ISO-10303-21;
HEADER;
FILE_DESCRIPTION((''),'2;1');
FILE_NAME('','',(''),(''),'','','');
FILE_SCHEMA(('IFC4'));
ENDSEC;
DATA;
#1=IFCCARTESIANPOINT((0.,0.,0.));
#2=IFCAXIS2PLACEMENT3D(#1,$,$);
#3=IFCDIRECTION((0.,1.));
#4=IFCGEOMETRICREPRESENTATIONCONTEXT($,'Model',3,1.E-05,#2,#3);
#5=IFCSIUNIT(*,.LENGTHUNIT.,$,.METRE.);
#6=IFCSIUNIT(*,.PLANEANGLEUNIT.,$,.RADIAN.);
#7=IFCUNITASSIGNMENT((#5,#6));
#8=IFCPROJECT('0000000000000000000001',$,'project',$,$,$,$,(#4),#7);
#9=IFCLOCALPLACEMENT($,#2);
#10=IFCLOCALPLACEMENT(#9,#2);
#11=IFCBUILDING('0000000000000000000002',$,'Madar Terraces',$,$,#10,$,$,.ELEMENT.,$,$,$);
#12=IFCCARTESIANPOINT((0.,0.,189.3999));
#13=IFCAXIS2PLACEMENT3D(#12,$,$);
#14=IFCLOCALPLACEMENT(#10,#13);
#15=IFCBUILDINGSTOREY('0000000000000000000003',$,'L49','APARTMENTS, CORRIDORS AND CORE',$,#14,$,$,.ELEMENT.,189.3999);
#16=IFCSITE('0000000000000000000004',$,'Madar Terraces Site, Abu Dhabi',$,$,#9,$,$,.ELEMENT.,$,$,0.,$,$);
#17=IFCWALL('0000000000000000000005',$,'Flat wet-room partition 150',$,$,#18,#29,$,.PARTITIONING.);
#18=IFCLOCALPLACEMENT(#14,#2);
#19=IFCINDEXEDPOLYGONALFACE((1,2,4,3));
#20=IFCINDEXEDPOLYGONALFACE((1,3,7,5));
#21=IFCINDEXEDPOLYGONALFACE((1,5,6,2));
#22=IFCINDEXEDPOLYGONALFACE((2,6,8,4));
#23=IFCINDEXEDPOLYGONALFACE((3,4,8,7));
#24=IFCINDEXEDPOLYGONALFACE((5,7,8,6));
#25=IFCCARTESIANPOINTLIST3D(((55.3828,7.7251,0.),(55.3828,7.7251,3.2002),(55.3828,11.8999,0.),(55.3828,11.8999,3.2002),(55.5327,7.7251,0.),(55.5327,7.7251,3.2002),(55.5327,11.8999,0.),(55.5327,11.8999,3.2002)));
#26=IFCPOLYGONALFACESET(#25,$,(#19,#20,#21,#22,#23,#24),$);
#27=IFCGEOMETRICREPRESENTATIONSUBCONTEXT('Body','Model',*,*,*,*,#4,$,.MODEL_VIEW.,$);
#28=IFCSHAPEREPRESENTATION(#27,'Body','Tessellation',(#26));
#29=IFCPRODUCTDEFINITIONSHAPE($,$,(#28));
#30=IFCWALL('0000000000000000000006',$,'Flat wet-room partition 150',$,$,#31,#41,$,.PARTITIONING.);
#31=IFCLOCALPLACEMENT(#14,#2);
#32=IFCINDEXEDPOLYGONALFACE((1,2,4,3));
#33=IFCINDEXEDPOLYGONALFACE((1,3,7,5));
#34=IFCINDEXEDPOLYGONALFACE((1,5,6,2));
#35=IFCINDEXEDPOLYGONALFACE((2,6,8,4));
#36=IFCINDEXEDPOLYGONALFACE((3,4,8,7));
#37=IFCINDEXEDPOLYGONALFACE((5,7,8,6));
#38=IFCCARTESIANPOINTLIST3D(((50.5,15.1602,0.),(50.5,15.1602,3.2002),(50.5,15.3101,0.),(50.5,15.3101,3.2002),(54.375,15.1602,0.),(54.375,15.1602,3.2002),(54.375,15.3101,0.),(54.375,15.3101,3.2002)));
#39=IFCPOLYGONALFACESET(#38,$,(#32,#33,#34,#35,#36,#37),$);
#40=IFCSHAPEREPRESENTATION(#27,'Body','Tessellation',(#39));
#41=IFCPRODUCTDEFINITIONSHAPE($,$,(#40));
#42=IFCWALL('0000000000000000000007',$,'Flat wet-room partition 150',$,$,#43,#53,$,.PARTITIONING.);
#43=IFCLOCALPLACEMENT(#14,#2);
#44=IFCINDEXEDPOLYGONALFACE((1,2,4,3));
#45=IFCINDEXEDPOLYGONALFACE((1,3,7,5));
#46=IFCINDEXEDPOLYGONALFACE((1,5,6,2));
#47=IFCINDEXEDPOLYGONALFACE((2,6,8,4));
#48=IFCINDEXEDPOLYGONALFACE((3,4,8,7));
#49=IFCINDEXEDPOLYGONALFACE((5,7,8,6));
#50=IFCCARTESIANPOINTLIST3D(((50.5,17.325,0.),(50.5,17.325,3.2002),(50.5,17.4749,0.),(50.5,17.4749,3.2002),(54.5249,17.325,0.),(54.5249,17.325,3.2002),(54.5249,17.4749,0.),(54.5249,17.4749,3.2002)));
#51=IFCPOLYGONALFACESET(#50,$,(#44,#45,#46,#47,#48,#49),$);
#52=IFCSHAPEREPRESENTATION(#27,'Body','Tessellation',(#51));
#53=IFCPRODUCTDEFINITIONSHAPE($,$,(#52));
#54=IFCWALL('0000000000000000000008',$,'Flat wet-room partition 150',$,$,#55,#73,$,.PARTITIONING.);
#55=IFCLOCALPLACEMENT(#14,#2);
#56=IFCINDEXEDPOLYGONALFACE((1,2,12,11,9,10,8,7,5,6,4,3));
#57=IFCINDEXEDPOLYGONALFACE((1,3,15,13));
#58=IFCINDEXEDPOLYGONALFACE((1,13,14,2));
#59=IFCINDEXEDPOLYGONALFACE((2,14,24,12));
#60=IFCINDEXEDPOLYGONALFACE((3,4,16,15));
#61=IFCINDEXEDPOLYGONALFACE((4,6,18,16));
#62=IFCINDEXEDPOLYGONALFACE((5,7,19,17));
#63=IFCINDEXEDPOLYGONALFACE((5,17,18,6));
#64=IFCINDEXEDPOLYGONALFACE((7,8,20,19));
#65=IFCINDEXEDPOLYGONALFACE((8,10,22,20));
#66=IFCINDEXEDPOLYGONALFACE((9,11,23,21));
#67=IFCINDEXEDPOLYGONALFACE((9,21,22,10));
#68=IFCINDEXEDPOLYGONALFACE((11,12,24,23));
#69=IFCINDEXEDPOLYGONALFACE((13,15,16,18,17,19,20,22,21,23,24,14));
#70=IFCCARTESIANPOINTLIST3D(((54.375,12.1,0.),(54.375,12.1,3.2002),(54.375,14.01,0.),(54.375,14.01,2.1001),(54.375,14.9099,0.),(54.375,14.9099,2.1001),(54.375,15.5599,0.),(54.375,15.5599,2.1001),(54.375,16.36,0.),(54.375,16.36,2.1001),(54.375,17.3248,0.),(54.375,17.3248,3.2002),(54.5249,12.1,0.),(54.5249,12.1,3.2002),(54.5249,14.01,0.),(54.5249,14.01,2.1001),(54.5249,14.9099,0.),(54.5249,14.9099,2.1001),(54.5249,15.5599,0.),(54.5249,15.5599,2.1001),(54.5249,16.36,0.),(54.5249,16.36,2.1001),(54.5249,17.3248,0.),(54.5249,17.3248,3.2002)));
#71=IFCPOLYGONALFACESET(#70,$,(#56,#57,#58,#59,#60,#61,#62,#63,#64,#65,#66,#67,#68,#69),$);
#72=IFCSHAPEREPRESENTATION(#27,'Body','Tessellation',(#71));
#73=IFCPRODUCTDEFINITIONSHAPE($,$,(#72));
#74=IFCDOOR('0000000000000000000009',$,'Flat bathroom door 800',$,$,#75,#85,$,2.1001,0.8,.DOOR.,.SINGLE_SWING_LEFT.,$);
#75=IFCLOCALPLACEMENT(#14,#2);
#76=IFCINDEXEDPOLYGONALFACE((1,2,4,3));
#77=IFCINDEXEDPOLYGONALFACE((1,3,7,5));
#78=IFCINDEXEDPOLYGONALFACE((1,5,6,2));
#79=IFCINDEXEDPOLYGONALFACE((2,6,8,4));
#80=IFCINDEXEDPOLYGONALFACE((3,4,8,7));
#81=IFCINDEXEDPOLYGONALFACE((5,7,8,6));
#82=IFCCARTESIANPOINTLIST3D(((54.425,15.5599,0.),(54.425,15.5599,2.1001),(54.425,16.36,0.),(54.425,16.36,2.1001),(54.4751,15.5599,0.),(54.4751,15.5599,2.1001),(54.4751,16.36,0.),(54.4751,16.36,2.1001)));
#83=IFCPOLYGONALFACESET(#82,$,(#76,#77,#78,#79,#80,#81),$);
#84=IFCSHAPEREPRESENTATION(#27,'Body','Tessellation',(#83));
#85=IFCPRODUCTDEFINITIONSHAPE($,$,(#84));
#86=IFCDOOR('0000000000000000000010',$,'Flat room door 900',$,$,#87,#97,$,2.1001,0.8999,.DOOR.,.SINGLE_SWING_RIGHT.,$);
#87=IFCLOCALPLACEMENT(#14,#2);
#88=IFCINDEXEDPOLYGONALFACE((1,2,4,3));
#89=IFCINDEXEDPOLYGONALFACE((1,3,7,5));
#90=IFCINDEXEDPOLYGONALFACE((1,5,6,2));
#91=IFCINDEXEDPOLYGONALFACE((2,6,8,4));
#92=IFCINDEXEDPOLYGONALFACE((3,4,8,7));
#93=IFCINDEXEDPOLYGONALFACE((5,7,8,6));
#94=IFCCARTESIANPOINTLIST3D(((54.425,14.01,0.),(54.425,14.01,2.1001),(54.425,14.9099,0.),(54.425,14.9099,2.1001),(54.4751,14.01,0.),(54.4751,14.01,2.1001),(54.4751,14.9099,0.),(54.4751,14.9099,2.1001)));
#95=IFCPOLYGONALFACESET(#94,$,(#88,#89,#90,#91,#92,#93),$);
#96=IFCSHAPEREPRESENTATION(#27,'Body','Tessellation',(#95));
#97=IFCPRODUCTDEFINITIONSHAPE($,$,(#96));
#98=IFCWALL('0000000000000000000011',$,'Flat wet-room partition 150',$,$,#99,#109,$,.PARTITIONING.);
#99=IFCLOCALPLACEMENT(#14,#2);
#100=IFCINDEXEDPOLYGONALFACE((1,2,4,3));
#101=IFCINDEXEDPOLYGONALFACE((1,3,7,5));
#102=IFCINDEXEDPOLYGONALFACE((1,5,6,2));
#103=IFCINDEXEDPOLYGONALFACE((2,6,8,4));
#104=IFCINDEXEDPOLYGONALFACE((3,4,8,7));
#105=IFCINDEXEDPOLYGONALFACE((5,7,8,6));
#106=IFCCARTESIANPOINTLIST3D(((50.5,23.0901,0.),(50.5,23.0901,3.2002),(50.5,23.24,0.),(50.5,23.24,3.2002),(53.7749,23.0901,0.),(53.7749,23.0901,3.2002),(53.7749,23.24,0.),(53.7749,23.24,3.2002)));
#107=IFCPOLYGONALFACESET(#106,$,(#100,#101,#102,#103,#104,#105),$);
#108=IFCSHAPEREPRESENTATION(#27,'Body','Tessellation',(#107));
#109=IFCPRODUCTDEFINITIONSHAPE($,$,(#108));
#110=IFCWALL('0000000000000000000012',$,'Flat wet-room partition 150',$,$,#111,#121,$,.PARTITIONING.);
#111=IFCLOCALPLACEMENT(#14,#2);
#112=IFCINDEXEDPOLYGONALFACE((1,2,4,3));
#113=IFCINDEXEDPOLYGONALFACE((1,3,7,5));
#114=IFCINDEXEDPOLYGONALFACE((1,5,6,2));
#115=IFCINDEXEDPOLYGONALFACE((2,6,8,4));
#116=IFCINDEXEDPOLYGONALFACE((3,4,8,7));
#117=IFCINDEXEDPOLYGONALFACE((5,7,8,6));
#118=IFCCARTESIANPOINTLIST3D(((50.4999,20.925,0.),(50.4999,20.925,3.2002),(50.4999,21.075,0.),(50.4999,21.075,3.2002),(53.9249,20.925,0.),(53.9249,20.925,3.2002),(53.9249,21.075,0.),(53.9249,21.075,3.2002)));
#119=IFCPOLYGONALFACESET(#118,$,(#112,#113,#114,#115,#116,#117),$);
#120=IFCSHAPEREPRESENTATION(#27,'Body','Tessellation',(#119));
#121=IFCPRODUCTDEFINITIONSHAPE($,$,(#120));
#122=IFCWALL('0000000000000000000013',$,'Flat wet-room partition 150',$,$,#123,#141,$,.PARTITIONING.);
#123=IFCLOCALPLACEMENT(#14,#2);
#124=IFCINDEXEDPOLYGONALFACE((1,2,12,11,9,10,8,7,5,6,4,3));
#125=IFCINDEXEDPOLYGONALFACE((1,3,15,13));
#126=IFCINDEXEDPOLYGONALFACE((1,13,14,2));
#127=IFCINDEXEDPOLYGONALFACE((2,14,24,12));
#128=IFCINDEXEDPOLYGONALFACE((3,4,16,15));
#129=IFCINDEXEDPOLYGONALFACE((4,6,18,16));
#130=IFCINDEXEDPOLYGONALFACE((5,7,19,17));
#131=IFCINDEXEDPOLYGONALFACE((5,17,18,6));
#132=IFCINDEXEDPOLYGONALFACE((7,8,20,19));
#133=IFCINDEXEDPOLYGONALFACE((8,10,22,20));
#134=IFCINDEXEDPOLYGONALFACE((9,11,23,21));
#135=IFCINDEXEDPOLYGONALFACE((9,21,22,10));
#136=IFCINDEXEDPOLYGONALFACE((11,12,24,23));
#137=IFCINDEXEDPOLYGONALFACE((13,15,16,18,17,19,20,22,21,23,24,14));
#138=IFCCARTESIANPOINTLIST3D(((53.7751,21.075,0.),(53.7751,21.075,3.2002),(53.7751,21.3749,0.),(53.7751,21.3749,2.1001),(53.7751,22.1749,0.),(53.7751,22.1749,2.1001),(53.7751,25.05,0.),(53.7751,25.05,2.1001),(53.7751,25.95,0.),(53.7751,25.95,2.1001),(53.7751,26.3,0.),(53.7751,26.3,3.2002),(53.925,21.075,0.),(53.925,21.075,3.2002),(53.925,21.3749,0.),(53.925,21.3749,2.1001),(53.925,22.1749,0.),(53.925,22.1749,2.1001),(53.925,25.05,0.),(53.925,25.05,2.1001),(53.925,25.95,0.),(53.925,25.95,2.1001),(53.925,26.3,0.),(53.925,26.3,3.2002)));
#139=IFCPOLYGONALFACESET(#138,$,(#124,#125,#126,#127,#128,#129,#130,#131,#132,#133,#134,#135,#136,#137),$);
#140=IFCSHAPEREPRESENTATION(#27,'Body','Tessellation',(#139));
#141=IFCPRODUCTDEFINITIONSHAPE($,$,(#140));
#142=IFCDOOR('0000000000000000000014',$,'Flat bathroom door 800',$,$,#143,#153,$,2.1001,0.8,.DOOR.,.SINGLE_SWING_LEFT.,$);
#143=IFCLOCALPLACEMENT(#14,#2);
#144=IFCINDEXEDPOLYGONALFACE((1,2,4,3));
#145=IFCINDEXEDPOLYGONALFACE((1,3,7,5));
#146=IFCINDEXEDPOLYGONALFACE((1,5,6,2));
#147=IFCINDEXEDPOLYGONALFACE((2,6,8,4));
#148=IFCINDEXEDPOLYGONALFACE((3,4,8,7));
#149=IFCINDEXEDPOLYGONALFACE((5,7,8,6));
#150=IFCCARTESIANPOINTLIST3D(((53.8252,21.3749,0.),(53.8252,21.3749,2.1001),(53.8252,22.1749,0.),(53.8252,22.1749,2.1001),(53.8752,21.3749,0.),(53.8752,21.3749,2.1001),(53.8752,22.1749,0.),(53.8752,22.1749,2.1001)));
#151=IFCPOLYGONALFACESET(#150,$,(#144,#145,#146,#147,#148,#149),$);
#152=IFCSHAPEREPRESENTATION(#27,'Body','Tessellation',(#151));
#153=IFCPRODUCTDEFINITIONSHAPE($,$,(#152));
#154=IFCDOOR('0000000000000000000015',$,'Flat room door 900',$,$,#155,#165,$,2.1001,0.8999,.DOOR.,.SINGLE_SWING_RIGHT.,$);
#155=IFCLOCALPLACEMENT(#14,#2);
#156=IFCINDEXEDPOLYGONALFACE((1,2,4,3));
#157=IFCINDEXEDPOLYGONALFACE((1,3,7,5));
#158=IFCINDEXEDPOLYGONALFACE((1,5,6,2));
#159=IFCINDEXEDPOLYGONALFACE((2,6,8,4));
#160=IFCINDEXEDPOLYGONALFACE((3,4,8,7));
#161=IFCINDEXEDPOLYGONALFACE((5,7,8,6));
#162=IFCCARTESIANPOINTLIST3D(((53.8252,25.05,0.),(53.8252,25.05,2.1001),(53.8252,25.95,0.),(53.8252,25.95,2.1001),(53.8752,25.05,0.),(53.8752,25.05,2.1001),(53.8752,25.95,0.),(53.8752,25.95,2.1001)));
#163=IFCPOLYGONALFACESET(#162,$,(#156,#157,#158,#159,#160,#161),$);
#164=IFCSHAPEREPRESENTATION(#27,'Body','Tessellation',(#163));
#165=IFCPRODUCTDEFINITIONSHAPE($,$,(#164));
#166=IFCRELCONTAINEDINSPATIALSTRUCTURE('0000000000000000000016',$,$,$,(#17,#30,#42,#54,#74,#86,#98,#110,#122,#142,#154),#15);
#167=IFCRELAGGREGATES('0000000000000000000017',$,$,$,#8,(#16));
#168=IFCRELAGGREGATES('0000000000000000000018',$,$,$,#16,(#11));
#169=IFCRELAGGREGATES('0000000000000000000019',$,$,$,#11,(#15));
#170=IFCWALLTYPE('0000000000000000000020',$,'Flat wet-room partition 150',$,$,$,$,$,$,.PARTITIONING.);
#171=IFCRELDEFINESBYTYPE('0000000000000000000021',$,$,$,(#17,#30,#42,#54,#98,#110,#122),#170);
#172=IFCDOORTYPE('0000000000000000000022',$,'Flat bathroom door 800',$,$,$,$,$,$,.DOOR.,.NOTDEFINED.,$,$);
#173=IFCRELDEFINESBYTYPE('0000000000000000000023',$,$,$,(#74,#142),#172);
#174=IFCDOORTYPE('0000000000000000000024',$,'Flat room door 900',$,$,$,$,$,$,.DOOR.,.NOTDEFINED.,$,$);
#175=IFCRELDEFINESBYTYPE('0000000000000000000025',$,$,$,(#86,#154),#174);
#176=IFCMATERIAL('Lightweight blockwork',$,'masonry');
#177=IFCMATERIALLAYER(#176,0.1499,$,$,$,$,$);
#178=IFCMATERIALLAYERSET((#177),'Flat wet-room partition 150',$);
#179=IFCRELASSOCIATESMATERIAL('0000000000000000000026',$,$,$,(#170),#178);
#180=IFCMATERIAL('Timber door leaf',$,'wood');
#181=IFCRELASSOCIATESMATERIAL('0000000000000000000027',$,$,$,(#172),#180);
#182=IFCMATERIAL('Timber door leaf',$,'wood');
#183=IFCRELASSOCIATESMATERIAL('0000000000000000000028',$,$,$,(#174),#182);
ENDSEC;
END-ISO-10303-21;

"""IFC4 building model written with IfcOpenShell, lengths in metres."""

from ifc_helpers import new_model, si_unit, direction, frame, frame_2d, origin, place, context, subcontext, project, spatial, rectangle, extrude, material, layer, layer_set, type_object, element, fill, save


model = new_model("IFC4")

# Units and contexts
model_context = context("Model", 3, precision=1e-05, world=origin(), true_north=direction((0.0, 1.0)))
body_context = subcontext(model_context, "Body", "Model", "MODEL_VIEW")
ifc_project = project(units=[si_unit("LENGTHUNIT", "METRE"), si_unit("PLANEANGLEUNIT", "RADIAN")], contexts=[model_context])

# Site, building, storey
site_placement = place(None, origin())
site = spatial("IfcSite", under=ifc_project, at=site_placement, Name="Madar Terraces Site, Abu Dhabi", CompositionType="ELEMENT", RefElevation=0.0)
building_placement = place(site_placement, origin())
building = spatial("IfcBuilding", under=site, at=building_placement, Name="Madar Terraces", CompositionType="ELEMENT")
storey_placement = place(building_placement, frame((0.0, 0.0, 189.3999)))
storey = spatial("IfcBuildingStorey", under=building, at=storey_placement, Name="L49", Description="APARTMENTS, CORRIDORS AND CORE", CompositionType="ELEMENT", Elevation=189.3999)

# Walls
ifc_material_1 = material(Name="Lightweight blockwork", Category="masonry")
ifc_layer_1 = layer(ifc_material_1, 0.1499)
ifc_layer_set_1 = layer_set([ifc_layer_1], Name="Flat wet-room partition 150")
wall_type_1 = type_object("IfcWallType", Name="Flat wet-room partition 150", PredefinedType="PARTITIONING", material=ifc_layer_set_1)
for number, where, z_axis, x_axis, name in (
    (1, (55.4578, 11.8999, 0.0), (0.0, 0.0, 1.0), (0.0, -1.0, 0.0), "Flat wet-room partition 150"),
):
    element("IfcWall", number, at=place(storey_placement, frame(where, z_axis=z_axis, x_axis=x_axis)), inside=storey, type_object=wall_type_1, Name=name, PredefinedType="PARTITIONING", context=body_context, shape_type="SweptSolid", body=[
        extrude(rectangle(XDim=4.1748, YDim=0.1499, at=frame_2d((2.0874, 0.0))), origin(), (0.0, 0.0, 1.0), 3.2002),
    ])
wall_1_placement = place(storey_placement, frame((50.5, 15.2351, 0.0), z_axis=(0.0, 0.0, 1.0), x_axis=(1.0, 0.0, 0.0)))
element("IfcWall", 2, at=wall_1_placement, inside=storey, type_object=wall_type_1, Name="Flat wet-room partition 150", PredefinedType="PARTITIONING", context=body_context, shape_type="SweptSolid", body=[
    extrude(rectangle(XDim=3.875, YDim=0.1499, at=frame_2d((1.9375, 0.0))), origin(), (0.0, 0.0, 1.0), 3.2002),
])
wall_2_placement = place(storey_placement, frame((50.5, 17.3999, 0.0), z_axis=(0.0, 0.0, 1.0), x_axis=(1.0, 0.0, 0.0)))
element("IfcWall", 3, at=wall_2_placement, inside=storey, type_object=wall_type_1, Name="Flat wet-room partition 150", PredefinedType="PARTITIONING", context=body_context, shape_type="SweptSolid", body=[
    extrude(rectangle(XDim=4.0249, YDim=0.1499, at=frame_2d((2.0125, 0.0))), origin(), (0.0, 0.0, 1.0), 3.2002),
])

# Wall, openings, doors
wall_3_placement = place(storey_placement, frame((54.45, 12.1001, 0.0), z_axis=(0.0, 0.0, 1.0), x_axis=(0.0, 1.0, 0.0)))
wall_3 = element("IfcWall", 4, at=wall_3_placement, inside=storey, type_object=wall_type_1, Name="Flat wet-room partition 150", PredefinedType="PARTITIONING", context=body_context, shape_type="SweptSolid", body=[
    extrude(rectangle(XDim=5.2249, YDim=0.1499, at=frame_2d((2.6123, 0.0))), origin(), (0.0, 0.0, 1.0), 3.2002),
])
opening_1_placement = place(wall_3_placement, frame((3.46, 0.0, 0.0)))
opening_1 = element("IfcOpeningElement", 5, at=opening_1_placement, cuts=wall_3, PredefinedType="OPENING", context=body_context, shape_type="SweptSolid", body=[
    extrude(rectangle(XDim=0.8, YDim=2.1001, at=frame_2d((0.3999, 1.05))), frame((0.0, 0.085, 0.0), z_axis=(0.0, -1.0, 0.0), x_axis=(1.0, 0.0, 0.0)), (0.0, 0.0, 1.0), 0.1699),
])
opening_2_placement = place(wall_3_placement, frame((1.9099, 0.0, 0.0)))
opening_2 = element("IfcOpeningElement", 6, at=opening_2_placement, cuts=wall_3, PredefinedType="OPENING", context=body_context, shape_type="SweptSolid", body=[
    extrude(rectangle(XDim=0.8999, YDim=2.1001, at=frame_2d((0.45, 1.05))), frame((0.0, 0.085, 0.0), z_axis=(0.0, -1.0, 0.0), x_axis=(1.0, 0.0, 0.0)), (0.0, 0.0, 1.0), 0.1699),
])
ifc_material_2 = material(Name="Timber door leaf", Category="wood")
door_type_1 = type_object("IfcDoorType", Name="Flat bathroom door 800", OperationType="NOTDEFINED", PredefinedType="DOOR", material=ifc_material_2)
door_1_placement = place(opening_1_placement, origin())
door_1 = element("IfcDoor", 7, at=door_1_placement, inside=storey, type_object=door_type_1, Name="Flat bathroom door 800", OperationType="SINGLE_SWING_LEFT", OverallHeight=2.1001, OverallWidth=0.8, PredefinedType="DOOR", context=body_context, shape_type="SweptSolid", body=[
    extrude(rectangle(XDim=0.8, YDim=2.1001, at=frame_2d((0.3999, 1.05))), frame((0.0, 0.0249, 0.0), z_axis=(0.0, -1.0, 0.0), x_axis=(1.0, 0.0, 0.0)), (0.0, 0.0, 1.0), 0.05),
])
fill(opening_1, door_1)
ifc_material_3 = material(Name="Timber door leaf", Category="wood")
door_type_2 = type_object("IfcDoorType", Name="Flat room door 900", OperationType="NOTDEFINED", PredefinedType="DOOR", material=ifc_material_3)
door_2_placement = place(opening_2_placement, origin())
door_2 = element("IfcDoor", 8, at=door_2_placement, inside=storey, type_object=door_type_2, Name="Flat room door 900", OperationType="SINGLE_SWING_RIGHT", OverallHeight=2.1001, OverallWidth=0.8999, PredefinedType="DOOR", context=body_context, shape_type="SweptSolid", body=[
    extrude(rectangle(XDim=0.8999, YDim=2.1001, at=frame_2d((0.45, 1.05))), frame((0.0, 0.0249, 0.0), z_axis=(0.0, -1.0, 0.0), x_axis=(1.0, 0.0, 0.0)), (0.0, 0.0, 1.0), 0.05),
])
fill(opening_2, door_2)

# Walls
wall_4_placement = place(storey_placement, frame((50.5, 23.165, 0.0), z_axis=(0.0, 0.0, 1.0), x_axis=(1.0, 0.0, 0.0)))
element("IfcWall", 9, at=wall_4_placement, inside=storey, type_object=wall_type_1, Name="Flat wet-room partition 150", PredefinedType="PARTITIONING", context=body_context, shape_type="SweptSolid", body=[
    extrude(rectangle(XDim=3.2749, YDim=0.1499, at=frame_2d((1.6375, 0.0))), origin(), (0.0, 0.0, 1.0), 3.2002),
])
wall_5_placement = place(storey_placement, frame((50.5, 21.0, 0.0), z_axis=(0.0, 0.0, 1.0), x_axis=(1.0, 0.0, 0.0)))
element("IfcWall", 10, at=wall_5_placement, inside=storey, type_object=wall_type_1, Name="Flat wet-room partition 150", PredefinedType="PARTITIONING", context=body_context, shape_type="SweptSolid", body=[
    extrude(rectangle(XDim=3.425, YDim=0.1499, at=frame_2d((1.7124, 0.0))), origin(), (0.0, 0.0, 1.0), 3.2002),
])

# Wall, openings, doors
wall_6_placement = place(storey_placement, frame((53.8501, 21.075, 0.0), z_axis=(0.0, 0.0, 1.0), x_axis=(0.0, 1.0, 0.0)))
wall_6 = element("IfcWall", 11, at=wall_6_placement, inside=storey, type_object=wall_type_1, Name="Flat wet-room partition 150", PredefinedType="PARTITIONING", context=body_context, shape_type="SweptSolid", body=[
    extrude(rectangle(XDim=5.2251, YDim=0.1499, at=frame_2d((2.6125, 0.0))), origin(), (0.0, 0.0, 1.0), 3.2002),
])
opening_3_placement = place(wall_6_placement, frame((0.3, 0.0, 0.0)))
opening_3 = element("IfcOpeningElement", 12, at=opening_3_placement, cuts=wall_6, PredefinedType="OPENING", context=body_context, shape_type="SweptSolid", body=[
    extrude(rectangle(XDim=0.8, YDim=2.1001, at=frame_2d((0.3999, 1.05))), frame((0.0, 0.085, 0.0), z_axis=(0.0, -1.0, 0.0), x_axis=(1.0, 0.0, 0.0)), (0.0, 0.0, 1.0), 0.1699),
])
opening_4_placement = place(wall_6_placement, frame((3.9751, 0.0, 0.0)))
opening_4 = element("IfcOpeningElement", 13, at=opening_4_placement, cuts=wall_6, PredefinedType="OPENING", context=body_context, shape_type="SweptSolid", body=[
    extrude(rectangle(XDim=0.8999, YDim=2.1001, at=frame_2d((0.45, 1.05))), frame((0.0, 0.085, 0.0), z_axis=(0.0, -1.0, 0.0), x_axis=(1.0, 0.0, 0.0)), (0.0, 0.0, 1.0), 0.1699),
])
door_3_placement = place(opening_3_placement, origin())
door_3 = element("IfcDoor", 14, at=door_3_placement, inside=storey, type_object=door_type_1, Name="Flat bathroom door 800", OperationType="SINGLE_SWING_LEFT", OverallHeight=2.1001, OverallWidth=0.8, PredefinedType="DOOR", context=body_context, shape_type="SweptSolid", body=[
    extrude(rectangle(XDim=0.8, YDim=2.1001, at=frame_2d((0.3999, 1.05))), frame((0.0, 0.0249, 0.0), z_axis=(0.0, -1.0, 0.0), x_axis=(1.0, 0.0, 0.0)), (0.0, 0.0, 1.0), 0.05),
])
fill(opening_3, door_3)
door_4_placement = place(opening_4_placement, origin())
door_4 = element("IfcDoor", 15, at=door_4_placement, inside=storey, type_object=door_type_2, Name="Flat room door 900", OperationType="SINGLE_SWING_RIGHT", OverallHeight=2.1001, OverallWidth=0.8999, PredefinedType="DOOR", context=body_context, shape_type="SweptSolid", body=[
    extrude(rectangle(XDim=0.8999, YDim=2.1001, at=frame_2d((0.45, 1.05))), frame((0.0, 0.0249, 0.0), z_axis=(0.0, -1.0, 0.0), x_axis=(1.0, 0.0, 0.0)), (0.0, 0.0, 1.0), 0.05),
])
fill(opening_4, door_4)

save(model, "model.ifc")
